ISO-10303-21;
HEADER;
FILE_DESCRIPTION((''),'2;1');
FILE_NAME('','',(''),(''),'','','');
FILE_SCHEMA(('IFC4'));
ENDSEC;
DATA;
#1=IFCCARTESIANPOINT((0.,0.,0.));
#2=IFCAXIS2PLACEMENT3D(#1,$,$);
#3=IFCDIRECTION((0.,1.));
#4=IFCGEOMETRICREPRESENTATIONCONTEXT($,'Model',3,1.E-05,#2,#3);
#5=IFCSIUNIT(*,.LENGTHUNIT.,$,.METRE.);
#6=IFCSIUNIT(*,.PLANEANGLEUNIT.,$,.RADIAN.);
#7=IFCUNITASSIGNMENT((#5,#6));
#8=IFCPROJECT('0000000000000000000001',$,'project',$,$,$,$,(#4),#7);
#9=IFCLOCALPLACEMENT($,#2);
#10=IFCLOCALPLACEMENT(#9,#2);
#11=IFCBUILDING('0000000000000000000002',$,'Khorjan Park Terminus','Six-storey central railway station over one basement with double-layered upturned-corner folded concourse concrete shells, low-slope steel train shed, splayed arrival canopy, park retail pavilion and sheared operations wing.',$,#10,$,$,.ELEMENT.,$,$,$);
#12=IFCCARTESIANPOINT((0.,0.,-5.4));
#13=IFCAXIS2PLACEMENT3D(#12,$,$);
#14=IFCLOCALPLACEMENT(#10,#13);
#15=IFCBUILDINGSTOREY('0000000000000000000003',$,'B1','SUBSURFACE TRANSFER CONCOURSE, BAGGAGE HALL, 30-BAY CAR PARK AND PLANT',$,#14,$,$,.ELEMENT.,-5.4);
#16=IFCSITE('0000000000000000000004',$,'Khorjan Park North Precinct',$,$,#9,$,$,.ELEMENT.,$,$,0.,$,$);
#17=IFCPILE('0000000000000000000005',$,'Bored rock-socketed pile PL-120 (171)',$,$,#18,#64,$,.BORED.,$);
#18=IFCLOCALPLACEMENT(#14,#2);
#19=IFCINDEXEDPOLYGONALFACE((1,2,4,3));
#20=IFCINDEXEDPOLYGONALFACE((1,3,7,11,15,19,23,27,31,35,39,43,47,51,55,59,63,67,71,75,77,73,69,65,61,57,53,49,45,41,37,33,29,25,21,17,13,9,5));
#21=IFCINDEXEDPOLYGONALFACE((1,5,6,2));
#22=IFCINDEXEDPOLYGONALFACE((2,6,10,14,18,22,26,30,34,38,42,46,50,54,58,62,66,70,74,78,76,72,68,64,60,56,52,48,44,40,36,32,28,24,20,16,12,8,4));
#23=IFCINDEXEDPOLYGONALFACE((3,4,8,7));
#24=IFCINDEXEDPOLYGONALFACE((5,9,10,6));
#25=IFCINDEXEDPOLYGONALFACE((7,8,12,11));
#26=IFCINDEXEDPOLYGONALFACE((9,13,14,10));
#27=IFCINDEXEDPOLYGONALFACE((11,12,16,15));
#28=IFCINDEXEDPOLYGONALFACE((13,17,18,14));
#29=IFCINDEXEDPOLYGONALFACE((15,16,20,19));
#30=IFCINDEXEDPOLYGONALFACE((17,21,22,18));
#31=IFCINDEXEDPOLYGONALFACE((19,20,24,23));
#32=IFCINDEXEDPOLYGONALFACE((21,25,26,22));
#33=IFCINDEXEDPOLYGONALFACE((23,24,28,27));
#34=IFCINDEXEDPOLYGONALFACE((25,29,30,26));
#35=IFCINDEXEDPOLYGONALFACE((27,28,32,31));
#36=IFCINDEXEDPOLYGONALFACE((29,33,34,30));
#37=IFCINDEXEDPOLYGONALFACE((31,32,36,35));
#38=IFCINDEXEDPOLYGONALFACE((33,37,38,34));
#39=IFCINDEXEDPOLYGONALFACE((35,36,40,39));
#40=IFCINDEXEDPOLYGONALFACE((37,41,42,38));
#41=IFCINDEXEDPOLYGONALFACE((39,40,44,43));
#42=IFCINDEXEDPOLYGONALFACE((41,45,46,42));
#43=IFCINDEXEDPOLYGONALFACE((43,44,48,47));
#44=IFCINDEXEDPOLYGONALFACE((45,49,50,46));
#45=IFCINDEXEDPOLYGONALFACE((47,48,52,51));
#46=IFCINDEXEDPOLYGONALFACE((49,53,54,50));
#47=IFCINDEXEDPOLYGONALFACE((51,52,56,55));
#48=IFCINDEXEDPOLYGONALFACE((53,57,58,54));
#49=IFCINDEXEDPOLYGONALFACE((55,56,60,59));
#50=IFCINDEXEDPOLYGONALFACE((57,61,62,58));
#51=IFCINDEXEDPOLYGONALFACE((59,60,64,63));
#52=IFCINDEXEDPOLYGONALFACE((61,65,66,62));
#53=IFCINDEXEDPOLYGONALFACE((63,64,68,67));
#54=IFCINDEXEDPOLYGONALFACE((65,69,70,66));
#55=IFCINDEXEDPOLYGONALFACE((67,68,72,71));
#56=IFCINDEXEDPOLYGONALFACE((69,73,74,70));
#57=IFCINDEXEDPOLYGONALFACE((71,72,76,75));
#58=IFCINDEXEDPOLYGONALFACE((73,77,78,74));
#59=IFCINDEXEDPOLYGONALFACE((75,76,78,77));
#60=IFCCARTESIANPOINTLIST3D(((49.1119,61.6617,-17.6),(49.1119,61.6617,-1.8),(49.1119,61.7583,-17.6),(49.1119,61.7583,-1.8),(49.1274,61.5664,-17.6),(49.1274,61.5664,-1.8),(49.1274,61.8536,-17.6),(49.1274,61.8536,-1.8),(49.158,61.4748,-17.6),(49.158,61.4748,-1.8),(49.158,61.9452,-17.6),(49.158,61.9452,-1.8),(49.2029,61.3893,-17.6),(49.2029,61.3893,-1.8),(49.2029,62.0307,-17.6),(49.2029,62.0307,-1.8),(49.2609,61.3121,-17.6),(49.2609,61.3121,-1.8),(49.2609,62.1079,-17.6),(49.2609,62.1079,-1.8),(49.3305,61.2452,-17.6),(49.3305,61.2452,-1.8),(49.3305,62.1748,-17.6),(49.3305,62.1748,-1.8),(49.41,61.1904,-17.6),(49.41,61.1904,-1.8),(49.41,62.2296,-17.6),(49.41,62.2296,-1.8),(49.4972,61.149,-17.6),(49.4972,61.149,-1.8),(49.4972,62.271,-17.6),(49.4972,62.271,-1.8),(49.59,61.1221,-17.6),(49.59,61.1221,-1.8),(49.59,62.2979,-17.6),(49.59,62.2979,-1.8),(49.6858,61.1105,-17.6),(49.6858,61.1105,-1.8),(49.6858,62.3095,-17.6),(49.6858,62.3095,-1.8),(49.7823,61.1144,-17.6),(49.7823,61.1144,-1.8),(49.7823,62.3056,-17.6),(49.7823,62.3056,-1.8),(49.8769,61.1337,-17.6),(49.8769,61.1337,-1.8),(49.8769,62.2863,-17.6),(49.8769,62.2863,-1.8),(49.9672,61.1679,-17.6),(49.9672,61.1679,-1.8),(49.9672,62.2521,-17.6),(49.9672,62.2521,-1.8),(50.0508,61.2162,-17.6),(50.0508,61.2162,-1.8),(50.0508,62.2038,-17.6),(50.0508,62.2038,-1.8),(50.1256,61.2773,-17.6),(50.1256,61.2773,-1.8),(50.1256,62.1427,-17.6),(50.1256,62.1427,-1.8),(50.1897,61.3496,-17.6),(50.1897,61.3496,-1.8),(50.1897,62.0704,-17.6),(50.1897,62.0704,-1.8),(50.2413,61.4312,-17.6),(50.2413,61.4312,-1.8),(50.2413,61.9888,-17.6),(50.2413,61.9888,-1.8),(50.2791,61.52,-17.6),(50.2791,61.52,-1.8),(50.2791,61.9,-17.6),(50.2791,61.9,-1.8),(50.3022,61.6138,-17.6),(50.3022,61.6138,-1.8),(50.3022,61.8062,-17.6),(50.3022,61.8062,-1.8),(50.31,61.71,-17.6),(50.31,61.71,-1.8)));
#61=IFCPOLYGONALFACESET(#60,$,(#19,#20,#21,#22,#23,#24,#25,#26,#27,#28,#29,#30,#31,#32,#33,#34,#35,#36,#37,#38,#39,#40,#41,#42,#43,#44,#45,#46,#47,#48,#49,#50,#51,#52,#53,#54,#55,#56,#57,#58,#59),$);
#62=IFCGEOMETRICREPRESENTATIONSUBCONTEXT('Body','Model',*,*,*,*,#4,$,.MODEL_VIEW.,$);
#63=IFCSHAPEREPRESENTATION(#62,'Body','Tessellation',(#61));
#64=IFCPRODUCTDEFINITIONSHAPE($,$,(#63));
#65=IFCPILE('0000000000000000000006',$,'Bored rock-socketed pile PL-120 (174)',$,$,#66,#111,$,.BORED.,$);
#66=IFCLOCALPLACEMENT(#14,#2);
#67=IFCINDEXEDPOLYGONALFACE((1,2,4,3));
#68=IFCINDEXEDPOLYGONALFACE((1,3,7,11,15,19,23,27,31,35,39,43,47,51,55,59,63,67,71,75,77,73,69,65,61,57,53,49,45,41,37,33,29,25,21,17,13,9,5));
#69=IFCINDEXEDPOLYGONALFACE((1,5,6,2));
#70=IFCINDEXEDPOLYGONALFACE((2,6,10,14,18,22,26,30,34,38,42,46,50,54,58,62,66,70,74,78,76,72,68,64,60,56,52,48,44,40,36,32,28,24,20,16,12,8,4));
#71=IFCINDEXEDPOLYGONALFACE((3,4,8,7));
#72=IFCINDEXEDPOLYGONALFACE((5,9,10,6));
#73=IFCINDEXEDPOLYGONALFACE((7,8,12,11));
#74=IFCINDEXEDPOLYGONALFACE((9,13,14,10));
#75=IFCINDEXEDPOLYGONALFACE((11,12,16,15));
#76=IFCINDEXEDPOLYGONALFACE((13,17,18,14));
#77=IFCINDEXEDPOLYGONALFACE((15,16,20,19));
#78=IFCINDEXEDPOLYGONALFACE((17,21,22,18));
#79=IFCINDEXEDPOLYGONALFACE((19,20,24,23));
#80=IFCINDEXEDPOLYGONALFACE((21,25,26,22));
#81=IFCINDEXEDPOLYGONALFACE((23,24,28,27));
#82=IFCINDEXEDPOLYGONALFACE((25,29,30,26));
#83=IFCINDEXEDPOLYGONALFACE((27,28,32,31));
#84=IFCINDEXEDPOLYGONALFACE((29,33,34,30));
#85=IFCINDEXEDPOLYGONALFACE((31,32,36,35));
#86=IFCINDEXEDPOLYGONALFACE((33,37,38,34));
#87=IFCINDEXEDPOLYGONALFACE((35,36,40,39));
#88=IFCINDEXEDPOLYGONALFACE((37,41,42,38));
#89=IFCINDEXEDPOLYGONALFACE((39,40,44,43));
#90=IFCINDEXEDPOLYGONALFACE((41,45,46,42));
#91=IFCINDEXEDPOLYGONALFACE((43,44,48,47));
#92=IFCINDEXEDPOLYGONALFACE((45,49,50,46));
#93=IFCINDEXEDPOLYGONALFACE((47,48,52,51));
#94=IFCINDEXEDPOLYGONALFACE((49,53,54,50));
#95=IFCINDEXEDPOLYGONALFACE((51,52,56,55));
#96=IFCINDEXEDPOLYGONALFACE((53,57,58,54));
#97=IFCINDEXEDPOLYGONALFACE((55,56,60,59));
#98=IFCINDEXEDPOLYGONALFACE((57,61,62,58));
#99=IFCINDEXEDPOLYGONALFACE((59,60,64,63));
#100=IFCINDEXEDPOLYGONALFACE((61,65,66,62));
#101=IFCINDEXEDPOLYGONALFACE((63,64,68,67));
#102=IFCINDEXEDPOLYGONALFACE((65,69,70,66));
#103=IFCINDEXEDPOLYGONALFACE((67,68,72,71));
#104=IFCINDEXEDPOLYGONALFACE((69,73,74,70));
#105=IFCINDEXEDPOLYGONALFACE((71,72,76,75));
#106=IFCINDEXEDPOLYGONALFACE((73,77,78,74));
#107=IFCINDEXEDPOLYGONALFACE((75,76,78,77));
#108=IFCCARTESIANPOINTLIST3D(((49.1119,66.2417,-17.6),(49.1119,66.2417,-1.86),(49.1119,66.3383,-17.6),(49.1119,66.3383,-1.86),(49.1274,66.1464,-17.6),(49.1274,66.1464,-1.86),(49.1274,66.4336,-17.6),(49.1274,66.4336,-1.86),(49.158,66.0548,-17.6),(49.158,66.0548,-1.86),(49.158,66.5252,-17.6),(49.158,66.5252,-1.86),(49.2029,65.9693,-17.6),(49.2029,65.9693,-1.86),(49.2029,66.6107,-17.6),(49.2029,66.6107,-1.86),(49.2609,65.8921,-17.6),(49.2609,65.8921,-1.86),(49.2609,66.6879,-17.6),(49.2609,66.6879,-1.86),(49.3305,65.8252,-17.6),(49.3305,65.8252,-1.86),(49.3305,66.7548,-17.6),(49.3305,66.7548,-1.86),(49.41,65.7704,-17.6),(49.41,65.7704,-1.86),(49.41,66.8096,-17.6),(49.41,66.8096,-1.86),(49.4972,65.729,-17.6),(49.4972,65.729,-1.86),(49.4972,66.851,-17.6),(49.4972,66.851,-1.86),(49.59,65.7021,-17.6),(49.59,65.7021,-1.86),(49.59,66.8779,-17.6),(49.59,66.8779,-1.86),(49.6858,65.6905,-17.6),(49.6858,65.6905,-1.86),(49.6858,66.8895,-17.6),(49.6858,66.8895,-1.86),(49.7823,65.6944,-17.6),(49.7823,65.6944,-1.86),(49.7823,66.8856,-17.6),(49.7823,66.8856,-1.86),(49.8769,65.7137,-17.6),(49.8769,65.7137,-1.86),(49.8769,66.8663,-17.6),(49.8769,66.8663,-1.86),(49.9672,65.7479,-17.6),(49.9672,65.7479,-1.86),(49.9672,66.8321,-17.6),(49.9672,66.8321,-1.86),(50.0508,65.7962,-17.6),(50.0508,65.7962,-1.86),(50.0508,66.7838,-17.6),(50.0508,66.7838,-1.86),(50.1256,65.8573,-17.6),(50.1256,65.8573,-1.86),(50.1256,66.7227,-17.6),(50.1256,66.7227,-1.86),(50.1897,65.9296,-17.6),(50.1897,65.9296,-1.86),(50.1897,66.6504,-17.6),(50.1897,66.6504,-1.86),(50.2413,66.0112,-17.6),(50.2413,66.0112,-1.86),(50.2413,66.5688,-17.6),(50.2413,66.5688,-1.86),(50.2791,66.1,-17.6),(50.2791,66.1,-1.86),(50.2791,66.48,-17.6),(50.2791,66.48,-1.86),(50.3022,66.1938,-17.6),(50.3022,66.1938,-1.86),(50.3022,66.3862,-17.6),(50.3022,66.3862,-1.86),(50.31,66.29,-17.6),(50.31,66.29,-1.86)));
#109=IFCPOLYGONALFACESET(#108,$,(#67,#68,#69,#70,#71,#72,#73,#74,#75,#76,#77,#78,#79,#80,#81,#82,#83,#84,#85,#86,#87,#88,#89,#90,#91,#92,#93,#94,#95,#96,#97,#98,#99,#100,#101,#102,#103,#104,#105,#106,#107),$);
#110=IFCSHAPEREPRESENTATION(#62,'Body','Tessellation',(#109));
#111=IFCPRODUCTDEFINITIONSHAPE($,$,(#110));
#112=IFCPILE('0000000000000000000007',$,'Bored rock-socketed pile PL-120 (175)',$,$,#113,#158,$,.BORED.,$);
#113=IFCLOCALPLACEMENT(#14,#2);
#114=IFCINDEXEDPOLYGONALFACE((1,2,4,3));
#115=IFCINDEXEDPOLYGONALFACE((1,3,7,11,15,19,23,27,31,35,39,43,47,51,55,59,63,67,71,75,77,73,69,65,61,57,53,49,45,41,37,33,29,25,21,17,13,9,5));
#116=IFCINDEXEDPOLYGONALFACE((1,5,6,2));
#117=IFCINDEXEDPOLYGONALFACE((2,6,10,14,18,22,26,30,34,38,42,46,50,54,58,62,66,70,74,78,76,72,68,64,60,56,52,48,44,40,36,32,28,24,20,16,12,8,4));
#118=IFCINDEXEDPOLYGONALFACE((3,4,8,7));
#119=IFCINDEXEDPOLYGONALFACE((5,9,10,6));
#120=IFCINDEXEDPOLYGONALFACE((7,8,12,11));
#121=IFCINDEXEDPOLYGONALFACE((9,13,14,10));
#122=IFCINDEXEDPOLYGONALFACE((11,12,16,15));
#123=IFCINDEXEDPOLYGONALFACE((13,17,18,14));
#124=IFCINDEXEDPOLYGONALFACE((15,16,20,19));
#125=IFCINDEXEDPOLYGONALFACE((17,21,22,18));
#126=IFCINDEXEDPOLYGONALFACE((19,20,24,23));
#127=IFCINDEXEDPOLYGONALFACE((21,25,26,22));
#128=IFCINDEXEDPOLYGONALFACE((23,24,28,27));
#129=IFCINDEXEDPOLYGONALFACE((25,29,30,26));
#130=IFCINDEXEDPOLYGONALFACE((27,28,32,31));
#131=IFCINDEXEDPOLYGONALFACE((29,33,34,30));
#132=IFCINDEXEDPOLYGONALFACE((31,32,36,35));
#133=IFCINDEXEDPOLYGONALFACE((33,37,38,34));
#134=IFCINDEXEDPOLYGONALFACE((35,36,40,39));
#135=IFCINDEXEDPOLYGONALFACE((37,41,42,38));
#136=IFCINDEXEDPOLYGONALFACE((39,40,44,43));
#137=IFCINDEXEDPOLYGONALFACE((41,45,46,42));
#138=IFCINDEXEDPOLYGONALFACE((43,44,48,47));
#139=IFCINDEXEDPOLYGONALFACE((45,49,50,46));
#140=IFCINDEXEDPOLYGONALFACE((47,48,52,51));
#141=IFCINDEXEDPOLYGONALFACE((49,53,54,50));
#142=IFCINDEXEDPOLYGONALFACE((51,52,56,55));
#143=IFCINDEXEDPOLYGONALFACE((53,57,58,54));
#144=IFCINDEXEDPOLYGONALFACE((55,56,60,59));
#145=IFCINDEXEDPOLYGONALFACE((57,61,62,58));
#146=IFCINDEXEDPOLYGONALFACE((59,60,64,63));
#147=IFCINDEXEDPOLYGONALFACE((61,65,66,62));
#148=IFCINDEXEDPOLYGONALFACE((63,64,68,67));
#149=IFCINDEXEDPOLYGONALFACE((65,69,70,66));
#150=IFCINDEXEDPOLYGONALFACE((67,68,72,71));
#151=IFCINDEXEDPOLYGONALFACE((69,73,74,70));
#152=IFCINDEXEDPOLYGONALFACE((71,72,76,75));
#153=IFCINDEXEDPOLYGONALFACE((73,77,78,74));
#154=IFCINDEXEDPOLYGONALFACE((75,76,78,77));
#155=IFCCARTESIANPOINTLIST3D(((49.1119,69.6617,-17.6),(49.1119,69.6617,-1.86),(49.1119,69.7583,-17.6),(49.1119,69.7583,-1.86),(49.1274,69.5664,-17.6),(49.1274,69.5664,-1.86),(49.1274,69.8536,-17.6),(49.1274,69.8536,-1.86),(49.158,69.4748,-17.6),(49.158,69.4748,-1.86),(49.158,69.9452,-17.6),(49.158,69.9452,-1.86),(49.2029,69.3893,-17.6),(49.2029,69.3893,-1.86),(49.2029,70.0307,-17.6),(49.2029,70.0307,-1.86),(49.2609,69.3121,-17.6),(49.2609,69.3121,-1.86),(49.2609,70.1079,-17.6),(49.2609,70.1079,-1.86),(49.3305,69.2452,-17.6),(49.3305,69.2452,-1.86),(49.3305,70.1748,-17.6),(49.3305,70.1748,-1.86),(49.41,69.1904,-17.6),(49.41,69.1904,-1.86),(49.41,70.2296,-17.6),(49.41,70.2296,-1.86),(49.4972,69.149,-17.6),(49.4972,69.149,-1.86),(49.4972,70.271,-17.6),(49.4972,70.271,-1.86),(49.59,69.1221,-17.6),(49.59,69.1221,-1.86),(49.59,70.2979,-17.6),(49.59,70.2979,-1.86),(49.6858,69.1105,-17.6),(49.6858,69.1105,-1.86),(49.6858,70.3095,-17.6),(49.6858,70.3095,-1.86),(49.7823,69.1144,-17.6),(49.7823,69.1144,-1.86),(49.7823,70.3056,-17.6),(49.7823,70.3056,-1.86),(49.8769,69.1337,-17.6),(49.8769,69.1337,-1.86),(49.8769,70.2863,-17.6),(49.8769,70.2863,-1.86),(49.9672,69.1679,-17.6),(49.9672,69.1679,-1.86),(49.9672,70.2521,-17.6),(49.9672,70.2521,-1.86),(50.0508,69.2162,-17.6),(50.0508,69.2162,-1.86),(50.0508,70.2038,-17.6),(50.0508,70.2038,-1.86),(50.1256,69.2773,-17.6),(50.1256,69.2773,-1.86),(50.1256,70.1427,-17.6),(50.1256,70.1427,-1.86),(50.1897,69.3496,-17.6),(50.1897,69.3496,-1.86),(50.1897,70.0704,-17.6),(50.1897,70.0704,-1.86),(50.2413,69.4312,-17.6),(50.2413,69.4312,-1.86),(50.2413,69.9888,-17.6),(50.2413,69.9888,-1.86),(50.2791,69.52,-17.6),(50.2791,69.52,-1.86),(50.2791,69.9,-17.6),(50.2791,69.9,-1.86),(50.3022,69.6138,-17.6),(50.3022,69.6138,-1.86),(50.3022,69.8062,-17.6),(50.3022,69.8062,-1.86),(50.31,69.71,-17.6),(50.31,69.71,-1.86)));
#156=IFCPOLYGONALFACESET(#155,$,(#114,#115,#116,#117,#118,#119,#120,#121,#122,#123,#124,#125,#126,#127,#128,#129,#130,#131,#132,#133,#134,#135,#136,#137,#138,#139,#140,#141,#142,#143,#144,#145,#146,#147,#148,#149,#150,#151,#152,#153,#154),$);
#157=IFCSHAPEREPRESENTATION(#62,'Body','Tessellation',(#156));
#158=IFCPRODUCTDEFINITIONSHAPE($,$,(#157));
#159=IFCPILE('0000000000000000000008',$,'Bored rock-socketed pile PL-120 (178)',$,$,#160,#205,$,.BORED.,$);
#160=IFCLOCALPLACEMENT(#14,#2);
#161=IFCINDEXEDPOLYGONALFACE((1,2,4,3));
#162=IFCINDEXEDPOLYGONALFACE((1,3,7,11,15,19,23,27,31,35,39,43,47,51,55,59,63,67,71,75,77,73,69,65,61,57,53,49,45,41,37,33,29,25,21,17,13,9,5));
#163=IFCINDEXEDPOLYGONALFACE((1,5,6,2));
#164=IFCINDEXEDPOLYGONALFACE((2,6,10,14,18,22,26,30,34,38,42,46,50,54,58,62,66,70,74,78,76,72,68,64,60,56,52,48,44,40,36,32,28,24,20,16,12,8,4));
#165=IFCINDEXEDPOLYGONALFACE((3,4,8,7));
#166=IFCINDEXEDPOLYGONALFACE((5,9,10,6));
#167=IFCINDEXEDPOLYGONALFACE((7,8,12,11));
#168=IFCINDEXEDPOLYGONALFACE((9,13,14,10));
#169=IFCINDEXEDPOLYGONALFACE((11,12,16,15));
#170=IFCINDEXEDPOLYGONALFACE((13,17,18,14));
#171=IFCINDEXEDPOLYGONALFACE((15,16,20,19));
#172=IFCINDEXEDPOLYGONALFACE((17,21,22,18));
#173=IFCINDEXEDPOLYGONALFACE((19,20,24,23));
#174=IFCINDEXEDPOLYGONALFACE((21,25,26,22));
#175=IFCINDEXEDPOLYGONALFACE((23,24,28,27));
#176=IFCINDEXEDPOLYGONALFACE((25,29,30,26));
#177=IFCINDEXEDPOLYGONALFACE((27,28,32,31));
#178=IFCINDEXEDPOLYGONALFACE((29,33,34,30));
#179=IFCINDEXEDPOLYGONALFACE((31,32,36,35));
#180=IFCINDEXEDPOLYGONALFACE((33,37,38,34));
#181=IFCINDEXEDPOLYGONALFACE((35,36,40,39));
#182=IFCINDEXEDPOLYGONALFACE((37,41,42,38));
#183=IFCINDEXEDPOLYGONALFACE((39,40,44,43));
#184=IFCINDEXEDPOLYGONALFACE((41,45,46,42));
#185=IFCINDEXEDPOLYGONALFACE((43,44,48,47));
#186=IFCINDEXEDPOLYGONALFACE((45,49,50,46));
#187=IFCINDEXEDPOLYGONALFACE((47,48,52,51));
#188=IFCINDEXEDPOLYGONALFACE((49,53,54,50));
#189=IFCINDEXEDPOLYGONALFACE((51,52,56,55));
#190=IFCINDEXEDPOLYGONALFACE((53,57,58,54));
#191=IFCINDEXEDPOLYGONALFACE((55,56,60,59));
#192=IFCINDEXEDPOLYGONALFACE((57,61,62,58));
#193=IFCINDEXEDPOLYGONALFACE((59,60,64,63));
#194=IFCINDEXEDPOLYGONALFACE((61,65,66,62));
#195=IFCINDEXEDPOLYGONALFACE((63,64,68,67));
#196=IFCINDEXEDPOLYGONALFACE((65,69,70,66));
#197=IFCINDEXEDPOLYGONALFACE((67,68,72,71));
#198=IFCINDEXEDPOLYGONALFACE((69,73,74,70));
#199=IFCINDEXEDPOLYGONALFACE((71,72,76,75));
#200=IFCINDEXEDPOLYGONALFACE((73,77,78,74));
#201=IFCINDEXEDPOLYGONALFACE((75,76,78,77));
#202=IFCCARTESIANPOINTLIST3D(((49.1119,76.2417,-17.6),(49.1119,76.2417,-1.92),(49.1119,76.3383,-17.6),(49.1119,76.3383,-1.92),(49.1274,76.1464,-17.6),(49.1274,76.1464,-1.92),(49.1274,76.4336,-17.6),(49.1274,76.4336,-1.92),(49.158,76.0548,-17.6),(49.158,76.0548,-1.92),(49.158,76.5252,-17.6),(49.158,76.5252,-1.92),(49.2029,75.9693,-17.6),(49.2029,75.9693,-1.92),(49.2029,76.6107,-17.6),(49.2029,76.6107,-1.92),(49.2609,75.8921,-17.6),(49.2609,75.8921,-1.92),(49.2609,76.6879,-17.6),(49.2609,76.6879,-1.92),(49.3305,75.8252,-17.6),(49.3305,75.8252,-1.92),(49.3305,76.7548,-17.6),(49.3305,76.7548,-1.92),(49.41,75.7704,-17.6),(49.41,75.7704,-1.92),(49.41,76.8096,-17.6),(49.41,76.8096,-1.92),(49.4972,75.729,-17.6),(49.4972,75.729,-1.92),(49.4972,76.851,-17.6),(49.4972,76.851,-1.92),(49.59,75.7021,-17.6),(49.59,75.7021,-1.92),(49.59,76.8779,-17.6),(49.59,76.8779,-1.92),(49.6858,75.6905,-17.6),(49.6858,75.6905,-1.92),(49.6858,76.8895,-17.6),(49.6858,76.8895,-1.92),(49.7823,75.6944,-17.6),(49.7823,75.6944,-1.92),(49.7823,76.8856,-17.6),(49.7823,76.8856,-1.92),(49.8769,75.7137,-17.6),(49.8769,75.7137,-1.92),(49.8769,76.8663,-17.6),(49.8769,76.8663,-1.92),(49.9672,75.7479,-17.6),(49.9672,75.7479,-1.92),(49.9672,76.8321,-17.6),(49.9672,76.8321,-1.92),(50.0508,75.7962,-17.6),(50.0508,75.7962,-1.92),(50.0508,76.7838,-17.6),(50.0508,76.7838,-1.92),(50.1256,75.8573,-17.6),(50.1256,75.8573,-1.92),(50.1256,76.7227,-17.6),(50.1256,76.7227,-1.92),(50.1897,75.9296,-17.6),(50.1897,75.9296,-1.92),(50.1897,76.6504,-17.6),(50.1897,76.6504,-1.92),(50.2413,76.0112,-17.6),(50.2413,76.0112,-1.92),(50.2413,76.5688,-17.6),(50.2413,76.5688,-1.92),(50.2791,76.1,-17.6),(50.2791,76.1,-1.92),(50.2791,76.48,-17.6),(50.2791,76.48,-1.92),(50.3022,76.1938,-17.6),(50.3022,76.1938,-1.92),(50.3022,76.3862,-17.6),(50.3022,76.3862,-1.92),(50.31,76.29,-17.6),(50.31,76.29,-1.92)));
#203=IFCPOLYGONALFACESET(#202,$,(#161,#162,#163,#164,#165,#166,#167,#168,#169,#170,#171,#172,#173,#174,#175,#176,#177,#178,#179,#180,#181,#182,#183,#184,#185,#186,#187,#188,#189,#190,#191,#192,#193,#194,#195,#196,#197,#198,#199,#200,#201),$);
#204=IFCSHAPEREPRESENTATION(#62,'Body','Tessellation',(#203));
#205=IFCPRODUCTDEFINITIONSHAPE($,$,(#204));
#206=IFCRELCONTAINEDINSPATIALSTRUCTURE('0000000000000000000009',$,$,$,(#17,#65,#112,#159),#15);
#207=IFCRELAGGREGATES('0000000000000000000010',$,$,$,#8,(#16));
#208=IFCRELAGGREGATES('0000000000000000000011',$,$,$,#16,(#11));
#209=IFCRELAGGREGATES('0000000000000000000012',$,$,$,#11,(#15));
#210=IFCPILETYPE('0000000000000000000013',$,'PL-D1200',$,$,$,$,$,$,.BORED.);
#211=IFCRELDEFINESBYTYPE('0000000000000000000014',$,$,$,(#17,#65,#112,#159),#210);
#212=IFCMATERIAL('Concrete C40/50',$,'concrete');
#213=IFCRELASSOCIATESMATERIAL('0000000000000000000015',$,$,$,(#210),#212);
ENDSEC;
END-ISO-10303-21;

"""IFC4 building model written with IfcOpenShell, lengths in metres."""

from ifc_helpers import new_model, si_unit, direction, frame, origin, origin_2d, place, context, subcontext, project, spatial, circle, extrude, material, material_profile, profile_set, type_object, element, save


model = new_model("IFC4")

# Units and contexts
model_context = context("Model", 3, precision=1e-05, world=origin(), true_north=direction((0.0, 1.0)))
body_context = subcontext(model_context, "Body", "Model", "MODEL_VIEW")
ifc_project = project(units=[si_unit("LENGTHUNIT", "METRE"), si_unit("PLANEANGLEUNIT", "RADIAN")], contexts=[model_context])

# Site, building, storey
site_placement = place(None, origin())
site = spatial("IfcSite", under=ifc_project, at=site_placement, Name="Khorjan Park North Precinct", CompositionType="ELEMENT", RefElevation=0.0)
building_placement = place(site_placement, origin())
building = spatial("IfcBuilding", under=site, at=building_placement, Name="Khorjan Park Terminus", Description="Six-storey central railway station over one basement with double-layered upturned-corner folded concourse concrete shells, low-slope steel train shed, splayed arrival canopy, park retail pavilion and sheared operations wing.", CompositionType="ELEMENT")
storey_placement = place(building_placement, frame((0.0, 0.0, -5.4)))
storey = spatial("IfcBuildingStorey", under=building, at=storey_placement, Name="B1", Description="SUBSURFACE TRANSFER CONCOURSE, BAGGAGE HALL, 30-BAY CAR PARK AND PLANT", CompositionType="ELEMENT", Elevation=-5.4)

# Shared definitions
ifc_material_1 = material(Name="Concrete C40/50", Category="concrete")

# Piles
ifc_material_profile_1 = material_profile(ifc_material_1, circle(Radius=0.6, at=origin_2d()), Name="BORED D1200")
ifc_profile_set_1 = profile_set([ifc_material_profile_1], Name="Concrete C40/50")
pile_type_1 = type_object("IfcPileType", Name="PL-D1200", PredefinedType="BORED", material=ifc_profile_set_1)
pile_placement = place(storey_placement, frame((49.71, 61.71, -1.8), z_axis=(0.0, 0.0, -1.0), x_axis=(1.0, 0.0, 0.0)))
element("IfcPile", 1, at=pile_placement, inside=storey, type_object=pile_type_1, Name="Bored rock-socketed pile PL-120 (171)", PredefinedType="BORED", context=body_context, shape_type="SweptSolid", body=[
    extrude(circle(Radius=0.6, at=origin_2d()), origin(), (0.0, 0.0, 1.0), 15.8),
])
for number, where, z_axis, x_axis, name in (
    (2, (49.71, 66.29, -1.86), (0.0, 0.0, -1.0), (1.0, 0.0, 0.0), "Bored rock-socketed pile PL-120 (174)"),
    (3, (49.71, 69.71, -1.86), (0.0, 0.0, -1.0), (1.0, 0.0, 0.0), "Bored rock-socketed pile PL-120 (175)"),
):
    element("IfcPile", number, at=place(storey_placement, frame(where, z_axis=z_axis, x_axis=x_axis)), inside=storey, type_object=pile_type_1, Name=name, PredefinedType="BORED", context=body_context, shape_type="SweptSolid", body=[
        extrude(circle(Radius=0.6, at=origin_2d()), origin(), (0.0, 0.0, 1.0), 15.74),
    ])
for number, where, z_axis, x_axis, name in (
    (4, (49.71, 76.29, -1.92), (0.0, 0.0, -1.0), (1.0, 0.0, 0.0), "Bored rock-socketed pile PL-120 (178)"),
):
    element("IfcPile", number, at=place(storey_placement, frame(where, z_axis=z_axis, x_axis=x_axis)), inside=storey, type_object=pile_type_1, Name=name, PredefinedType="BORED", context=body_context, shape_type="SweptSolid", body=[
        extrude(circle(Radius=0.6, at=origin_2d()), origin(), (0.0, 0.0, 1.0), 15.68),
    ])

save(model, "model.ifc")
